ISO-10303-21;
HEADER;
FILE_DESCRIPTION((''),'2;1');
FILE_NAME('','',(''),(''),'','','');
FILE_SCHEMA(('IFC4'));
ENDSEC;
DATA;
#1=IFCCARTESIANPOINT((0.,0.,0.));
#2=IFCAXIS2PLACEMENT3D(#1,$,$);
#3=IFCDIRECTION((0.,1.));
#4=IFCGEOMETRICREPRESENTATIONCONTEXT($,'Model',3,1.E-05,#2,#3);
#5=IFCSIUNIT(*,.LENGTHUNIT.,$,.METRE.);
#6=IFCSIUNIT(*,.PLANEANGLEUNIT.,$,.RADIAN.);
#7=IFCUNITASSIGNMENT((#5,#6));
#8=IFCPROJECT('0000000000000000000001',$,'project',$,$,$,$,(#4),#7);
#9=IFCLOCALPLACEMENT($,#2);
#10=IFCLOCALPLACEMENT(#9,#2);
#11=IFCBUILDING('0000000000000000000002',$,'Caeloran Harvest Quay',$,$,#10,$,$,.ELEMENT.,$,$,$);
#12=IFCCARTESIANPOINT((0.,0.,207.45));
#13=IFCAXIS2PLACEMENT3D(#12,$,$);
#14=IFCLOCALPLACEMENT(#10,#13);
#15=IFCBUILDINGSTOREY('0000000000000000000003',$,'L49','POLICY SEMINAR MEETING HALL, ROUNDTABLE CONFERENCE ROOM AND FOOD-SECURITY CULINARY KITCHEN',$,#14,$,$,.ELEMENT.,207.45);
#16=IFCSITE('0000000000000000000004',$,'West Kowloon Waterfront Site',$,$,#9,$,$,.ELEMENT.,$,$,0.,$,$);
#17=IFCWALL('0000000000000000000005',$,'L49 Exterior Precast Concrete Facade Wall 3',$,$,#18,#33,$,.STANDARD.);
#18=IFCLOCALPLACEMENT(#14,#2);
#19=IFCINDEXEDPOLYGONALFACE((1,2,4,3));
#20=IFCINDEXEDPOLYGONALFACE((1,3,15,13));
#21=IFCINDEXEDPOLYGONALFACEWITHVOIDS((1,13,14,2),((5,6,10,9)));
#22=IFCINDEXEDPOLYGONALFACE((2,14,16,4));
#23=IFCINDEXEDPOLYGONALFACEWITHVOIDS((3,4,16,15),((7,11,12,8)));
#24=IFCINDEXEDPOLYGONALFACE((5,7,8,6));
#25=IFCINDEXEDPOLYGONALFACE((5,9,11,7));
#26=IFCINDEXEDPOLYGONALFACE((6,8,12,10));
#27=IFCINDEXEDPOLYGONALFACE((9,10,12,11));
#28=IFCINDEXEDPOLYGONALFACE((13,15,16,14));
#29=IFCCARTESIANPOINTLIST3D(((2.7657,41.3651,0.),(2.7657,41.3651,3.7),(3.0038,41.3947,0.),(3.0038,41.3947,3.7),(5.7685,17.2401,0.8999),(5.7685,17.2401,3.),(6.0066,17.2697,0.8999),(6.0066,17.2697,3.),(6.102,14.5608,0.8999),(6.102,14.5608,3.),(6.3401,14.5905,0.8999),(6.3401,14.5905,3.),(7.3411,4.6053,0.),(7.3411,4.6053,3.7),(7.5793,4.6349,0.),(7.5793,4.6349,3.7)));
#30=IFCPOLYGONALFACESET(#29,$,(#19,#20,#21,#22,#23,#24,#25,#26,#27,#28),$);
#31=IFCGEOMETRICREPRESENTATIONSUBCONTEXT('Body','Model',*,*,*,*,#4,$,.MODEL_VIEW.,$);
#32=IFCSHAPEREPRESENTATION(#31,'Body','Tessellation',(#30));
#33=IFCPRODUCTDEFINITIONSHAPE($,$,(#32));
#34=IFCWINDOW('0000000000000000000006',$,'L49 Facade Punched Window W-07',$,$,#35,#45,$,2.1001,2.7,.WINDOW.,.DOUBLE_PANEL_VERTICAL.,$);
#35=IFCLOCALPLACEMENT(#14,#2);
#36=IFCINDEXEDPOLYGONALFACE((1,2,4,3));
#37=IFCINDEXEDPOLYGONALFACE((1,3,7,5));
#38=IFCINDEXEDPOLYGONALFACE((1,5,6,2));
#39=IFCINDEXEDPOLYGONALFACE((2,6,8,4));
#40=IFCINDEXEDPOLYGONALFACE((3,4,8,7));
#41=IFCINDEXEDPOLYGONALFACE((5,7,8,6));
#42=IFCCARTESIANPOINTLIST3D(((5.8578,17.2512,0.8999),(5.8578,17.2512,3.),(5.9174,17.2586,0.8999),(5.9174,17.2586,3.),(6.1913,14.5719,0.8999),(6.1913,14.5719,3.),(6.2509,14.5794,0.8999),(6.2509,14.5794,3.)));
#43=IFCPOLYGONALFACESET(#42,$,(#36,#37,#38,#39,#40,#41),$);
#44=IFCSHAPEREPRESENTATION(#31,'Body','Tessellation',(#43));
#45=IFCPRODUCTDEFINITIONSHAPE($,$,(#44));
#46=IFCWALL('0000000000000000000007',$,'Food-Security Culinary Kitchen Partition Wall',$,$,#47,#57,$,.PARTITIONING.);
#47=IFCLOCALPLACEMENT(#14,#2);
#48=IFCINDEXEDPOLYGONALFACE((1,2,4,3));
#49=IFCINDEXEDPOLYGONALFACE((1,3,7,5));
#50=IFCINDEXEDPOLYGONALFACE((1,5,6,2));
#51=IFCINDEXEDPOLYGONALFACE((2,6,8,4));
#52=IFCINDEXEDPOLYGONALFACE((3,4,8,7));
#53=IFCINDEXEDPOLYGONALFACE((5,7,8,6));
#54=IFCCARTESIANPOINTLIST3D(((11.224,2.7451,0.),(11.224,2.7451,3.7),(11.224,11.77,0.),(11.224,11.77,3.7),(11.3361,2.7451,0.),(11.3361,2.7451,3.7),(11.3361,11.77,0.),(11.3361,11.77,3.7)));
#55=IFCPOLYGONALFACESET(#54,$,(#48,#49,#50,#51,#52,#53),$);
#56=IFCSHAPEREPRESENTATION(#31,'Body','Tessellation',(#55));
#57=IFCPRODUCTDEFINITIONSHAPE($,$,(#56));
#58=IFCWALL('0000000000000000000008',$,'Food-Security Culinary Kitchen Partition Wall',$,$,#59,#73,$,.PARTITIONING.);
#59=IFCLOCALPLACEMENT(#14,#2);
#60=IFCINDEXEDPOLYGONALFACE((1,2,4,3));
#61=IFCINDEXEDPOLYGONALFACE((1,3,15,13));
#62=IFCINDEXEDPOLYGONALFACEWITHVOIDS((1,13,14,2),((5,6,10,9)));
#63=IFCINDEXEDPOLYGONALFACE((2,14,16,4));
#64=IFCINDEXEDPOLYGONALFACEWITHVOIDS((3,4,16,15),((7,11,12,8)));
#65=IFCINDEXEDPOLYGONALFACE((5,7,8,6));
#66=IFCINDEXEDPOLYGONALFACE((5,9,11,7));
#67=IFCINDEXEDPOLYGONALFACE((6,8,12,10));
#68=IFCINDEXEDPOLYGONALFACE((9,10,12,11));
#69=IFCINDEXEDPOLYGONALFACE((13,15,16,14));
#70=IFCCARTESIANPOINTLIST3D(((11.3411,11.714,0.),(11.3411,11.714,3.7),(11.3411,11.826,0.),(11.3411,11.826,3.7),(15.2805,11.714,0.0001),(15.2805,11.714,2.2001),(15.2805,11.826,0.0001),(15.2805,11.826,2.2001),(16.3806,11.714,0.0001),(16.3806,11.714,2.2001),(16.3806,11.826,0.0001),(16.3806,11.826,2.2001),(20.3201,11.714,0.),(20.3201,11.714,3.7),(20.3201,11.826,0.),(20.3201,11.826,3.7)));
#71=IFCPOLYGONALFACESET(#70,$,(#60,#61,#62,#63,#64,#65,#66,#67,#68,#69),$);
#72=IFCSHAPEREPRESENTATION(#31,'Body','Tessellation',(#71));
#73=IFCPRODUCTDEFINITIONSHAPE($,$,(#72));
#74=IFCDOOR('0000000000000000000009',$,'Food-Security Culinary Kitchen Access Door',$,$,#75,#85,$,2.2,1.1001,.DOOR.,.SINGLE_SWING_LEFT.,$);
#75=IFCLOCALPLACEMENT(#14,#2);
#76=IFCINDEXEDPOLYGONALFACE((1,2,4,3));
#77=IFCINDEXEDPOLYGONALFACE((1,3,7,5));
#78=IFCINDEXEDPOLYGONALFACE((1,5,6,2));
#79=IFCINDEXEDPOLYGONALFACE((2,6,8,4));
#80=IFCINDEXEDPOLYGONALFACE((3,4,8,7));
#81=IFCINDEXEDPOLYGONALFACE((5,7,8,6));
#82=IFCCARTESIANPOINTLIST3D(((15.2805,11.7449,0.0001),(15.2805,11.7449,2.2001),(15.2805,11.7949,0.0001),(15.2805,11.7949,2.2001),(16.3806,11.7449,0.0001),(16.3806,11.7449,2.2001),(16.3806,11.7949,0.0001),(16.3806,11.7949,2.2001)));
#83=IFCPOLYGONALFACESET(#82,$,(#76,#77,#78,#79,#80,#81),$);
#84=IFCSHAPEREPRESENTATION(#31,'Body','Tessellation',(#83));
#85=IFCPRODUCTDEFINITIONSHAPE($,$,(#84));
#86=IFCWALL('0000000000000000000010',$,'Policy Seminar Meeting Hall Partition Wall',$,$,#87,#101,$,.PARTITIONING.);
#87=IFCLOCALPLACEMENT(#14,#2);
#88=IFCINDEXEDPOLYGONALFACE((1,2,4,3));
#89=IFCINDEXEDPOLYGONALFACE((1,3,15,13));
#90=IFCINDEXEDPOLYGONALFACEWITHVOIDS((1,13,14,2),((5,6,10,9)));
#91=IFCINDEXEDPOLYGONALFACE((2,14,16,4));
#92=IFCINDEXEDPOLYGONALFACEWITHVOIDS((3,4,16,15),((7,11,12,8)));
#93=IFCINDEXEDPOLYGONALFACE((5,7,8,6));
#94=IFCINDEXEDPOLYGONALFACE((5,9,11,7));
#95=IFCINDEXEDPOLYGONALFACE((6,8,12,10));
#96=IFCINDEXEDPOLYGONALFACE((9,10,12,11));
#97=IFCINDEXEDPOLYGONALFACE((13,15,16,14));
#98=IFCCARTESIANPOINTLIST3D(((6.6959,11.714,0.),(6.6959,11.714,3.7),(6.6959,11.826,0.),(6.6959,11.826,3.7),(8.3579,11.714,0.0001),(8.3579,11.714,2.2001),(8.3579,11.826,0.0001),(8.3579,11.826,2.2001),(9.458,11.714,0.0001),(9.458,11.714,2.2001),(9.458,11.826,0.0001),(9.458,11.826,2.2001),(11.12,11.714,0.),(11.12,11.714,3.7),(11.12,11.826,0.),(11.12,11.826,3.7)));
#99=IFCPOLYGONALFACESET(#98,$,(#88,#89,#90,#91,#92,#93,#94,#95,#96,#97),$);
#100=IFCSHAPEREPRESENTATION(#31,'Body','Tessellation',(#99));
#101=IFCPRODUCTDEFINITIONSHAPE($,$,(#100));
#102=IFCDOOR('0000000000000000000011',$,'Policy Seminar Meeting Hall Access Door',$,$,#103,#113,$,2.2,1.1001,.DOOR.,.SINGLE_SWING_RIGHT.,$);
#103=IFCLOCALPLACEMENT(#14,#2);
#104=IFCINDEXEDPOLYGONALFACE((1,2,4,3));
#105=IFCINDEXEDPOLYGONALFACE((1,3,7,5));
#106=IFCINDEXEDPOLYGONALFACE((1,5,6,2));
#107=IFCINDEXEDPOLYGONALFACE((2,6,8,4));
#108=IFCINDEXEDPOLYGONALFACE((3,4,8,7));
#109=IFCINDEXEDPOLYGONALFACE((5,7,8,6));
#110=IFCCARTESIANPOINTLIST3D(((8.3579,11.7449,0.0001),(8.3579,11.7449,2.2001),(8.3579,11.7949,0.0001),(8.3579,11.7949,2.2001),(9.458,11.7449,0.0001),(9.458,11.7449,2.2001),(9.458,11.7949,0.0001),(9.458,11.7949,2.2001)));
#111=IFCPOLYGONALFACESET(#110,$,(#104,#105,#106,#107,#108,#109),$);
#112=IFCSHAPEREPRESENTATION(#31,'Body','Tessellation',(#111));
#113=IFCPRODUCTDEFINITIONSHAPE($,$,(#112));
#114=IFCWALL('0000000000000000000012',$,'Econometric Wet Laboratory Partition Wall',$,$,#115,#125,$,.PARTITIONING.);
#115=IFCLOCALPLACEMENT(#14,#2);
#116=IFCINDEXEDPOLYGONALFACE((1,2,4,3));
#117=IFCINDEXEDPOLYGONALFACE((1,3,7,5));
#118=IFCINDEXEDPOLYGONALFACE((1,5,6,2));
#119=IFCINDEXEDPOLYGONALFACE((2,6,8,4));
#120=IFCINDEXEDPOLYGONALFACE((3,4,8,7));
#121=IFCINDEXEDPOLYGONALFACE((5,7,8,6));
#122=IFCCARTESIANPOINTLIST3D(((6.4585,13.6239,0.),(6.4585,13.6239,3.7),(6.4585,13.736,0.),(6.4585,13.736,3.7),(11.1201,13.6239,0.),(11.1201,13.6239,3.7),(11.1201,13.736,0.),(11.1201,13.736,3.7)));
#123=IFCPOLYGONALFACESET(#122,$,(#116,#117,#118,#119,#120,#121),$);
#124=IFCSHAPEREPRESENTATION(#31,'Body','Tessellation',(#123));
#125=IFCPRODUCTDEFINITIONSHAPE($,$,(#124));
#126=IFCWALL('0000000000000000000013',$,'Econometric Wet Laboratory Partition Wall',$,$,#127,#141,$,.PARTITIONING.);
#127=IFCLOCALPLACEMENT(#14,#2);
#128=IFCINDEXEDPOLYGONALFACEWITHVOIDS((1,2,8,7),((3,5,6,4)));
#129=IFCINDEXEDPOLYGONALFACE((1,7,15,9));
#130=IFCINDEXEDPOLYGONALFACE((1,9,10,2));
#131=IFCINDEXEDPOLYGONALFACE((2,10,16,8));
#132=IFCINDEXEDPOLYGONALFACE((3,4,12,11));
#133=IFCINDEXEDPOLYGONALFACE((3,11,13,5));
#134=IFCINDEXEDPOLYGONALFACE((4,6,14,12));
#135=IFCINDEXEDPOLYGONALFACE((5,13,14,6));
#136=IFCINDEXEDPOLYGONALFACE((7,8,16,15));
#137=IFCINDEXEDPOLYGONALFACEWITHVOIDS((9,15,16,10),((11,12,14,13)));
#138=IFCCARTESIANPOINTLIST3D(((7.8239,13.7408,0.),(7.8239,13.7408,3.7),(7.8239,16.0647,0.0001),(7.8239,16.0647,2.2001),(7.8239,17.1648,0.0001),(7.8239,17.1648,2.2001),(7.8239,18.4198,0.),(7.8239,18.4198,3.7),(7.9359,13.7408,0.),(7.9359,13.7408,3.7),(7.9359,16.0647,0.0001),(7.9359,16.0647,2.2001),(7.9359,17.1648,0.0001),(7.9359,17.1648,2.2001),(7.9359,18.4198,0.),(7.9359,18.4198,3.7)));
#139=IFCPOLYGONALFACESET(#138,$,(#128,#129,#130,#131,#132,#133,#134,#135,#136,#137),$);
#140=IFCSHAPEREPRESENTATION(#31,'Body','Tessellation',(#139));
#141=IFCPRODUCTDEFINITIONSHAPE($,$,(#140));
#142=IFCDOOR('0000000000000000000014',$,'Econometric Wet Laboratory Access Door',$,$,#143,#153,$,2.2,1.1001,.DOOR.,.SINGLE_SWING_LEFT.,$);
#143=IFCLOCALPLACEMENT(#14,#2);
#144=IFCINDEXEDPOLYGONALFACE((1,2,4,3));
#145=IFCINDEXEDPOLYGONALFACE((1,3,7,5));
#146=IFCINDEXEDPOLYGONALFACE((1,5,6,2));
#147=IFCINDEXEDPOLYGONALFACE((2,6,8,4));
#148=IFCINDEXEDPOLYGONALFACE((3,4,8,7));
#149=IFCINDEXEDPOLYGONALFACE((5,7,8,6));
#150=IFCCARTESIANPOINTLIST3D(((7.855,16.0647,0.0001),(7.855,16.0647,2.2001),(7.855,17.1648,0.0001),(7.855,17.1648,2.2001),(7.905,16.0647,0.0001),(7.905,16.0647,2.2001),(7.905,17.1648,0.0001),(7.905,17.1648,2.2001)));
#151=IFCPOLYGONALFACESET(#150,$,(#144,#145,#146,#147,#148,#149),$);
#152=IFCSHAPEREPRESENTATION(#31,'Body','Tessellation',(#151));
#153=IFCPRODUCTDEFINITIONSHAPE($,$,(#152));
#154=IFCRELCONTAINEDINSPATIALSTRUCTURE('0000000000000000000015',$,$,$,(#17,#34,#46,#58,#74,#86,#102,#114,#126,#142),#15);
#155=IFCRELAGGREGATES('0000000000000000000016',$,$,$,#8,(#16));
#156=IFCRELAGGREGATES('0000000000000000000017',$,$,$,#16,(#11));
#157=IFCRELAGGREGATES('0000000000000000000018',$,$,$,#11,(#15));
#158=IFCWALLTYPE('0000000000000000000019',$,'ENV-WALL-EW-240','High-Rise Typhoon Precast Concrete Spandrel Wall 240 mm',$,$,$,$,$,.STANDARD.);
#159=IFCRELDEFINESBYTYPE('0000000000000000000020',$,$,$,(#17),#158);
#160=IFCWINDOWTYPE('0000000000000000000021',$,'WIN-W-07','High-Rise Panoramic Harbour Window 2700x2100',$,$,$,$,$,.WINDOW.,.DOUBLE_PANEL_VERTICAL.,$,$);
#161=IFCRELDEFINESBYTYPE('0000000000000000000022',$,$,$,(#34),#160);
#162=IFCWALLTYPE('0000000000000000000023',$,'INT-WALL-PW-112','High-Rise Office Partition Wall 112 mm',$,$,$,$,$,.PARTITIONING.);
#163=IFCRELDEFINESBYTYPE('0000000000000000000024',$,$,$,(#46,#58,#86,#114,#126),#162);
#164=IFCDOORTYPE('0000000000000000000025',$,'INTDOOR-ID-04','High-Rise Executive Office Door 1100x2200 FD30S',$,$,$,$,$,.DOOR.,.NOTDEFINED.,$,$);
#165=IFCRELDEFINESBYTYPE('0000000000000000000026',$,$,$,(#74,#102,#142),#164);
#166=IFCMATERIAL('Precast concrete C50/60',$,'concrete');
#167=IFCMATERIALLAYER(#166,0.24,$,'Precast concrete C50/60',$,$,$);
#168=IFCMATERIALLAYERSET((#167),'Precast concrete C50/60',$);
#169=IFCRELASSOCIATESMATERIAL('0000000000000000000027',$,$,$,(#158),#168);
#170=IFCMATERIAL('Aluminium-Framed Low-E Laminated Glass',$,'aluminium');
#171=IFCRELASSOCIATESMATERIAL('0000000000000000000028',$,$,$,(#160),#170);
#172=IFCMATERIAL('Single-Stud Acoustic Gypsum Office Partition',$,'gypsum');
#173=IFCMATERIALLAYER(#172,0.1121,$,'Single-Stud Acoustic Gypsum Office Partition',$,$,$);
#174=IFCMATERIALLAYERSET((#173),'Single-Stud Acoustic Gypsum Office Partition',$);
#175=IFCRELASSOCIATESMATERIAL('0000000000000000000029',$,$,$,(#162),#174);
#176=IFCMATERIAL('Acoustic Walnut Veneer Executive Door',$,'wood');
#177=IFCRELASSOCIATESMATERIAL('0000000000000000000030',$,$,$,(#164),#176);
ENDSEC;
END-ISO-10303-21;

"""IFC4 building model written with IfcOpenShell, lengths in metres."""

from ifc_helpers import new_model, si_unit, direction, frame, frame_2d, origin, place, context, subcontext, project, spatial, rectangle, extrude, material, layer, layer_set, type_object, element, fill, save


model = new_model("IFC4")

# Units and contexts
model_context = context("Model", 3, precision=1e-05, world=origin(), true_north=direction((0.0, 1.0)))
body_context = subcontext(model_context, "Body", "Model", "MODEL_VIEW")
ifc_project = project(units=[si_unit("LENGTHUNIT", "METRE"), si_unit("PLANEANGLEUNIT", "RADIAN")], contexts=[model_context])

# Site, building, storey
site_placement = place(None, origin())
site = spatial("IfcSite", under=ifc_project, at=site_placement, Name="West Kowloon Waterfront Site", CompositionType="ELEMENT", RefElevation=0.0)
building_placement = place(site_placement, origin())
building = spatial("IfcBuilding", under=site, at=building_placement, Name="Caeloran Harvest Quay", CompositionType="ELEMENT")
storey_placement = place(building_placement, frame((0.0, 0.0, 207.45)))
storey = spatial("IfcBuildingStorey", under=building, at=storey_placement, Name="L49", Description="POLICY SEMINAR MEETING HALL, ROUNDTABLE CONFERENCE ROOM AND FOOD-SECURITY CULINARY KITCHEN", CompositionType="ELEMENT", Elevation=207.45)

# Shared definitions
ifc_material_1 = material(Name="Precast concrete C50/60", Category="concrete")

# Shared definitions
ifc_layer_1 = layer(ifc_material_1, 0.24, Name="Precast concrete C50/60")
ifc_layer_set_1 = layer_set([ifc_layer_1], Name="Precast concrete C50/60")
wall_type_1 = type_object("IfcWallType", Name="ENV-WALL-EW-240", Description="High-Rise Typhoon Precast Concrete Spandrel Wall 240 mm", PredefinedType="STANDARD", material=ifc_layer_set_1)

# Wall, opening, window
wall_1_placement = place(storey_placement, frame((7.4602, 4.6201, 0.0), z_axis=(0.0, 0.0, 1.0), x_axis=(-0.123516, 0.992343, 0.0)))
wall_1 = element("IfcWall", 1, at=wall_1_placement, inside=storey, type_object=wall_type_1, Name="L49 Exterior Precast Concrete Facade Wall 3", PredefinedType="STANDARD", context=body_context, shape_type="SweptSolid", body=[
    extrude(rectangle(XDim=37.0435, YDim=0.24, at=frame_2d((18.5217, 0.0))), origin(), (0.0, 0.0, 1.0), 3.7),
])
opening_1_placement = place(wall_1_placement, frame((10.0322, 0.0, 0.8999)))
opening_1 = element("IfcOpeningElement", 2, at=opening_1_placement, cuts=wall_1, PredefinedType="OPENING", context=body_context, shape_type="SweptSolid", body=[
    extrude(rectangle(XDim=2.7, YDim=2.1001, at=frame_2d((1.3501, 1.05))), frame((0.0, 0.1299, 0.0), z_axis=(0.0, -1.0, 0.0), x_axis=(1.0, 0.0, 0.0)), (0.0, 0.0, 1.0), 0.26),
])
ifc_material_2 = material(Name="Aluminium-Framed Low-E Laminated Glass", Category="aluminium")
window_type = type_object("IfcWindowType", Name="WIN-W-07", Description="High-Rise Panoramic Harbour Window 2700x2100", PartitioningType="DOUBLE_PANEL_VERTICAL", PredefinedType="WINDOW", material=ifc_material_2)
window_placement = place(opening_1_placement, origin())
window = element("IfcWindow", 3, at=window_placement, inside=storey, type_object=window_type, Name="L49 Facade Punched Window W-07", OverallHeight=2.1001, OverallWidth=2.7, PartitioningType="DOUBLE_PANEL_VERTICAL", PredefinedType="WINDOW", context=body_context, shape_type="SweptSolid", body=[
    extrude(rectangle(XDim=2.7, YDim=2.1001, at=frame_2d((1.3501, 1.05))), frame((0.0, 0.03, 0.0), z_axis=(0.0, -1.0, 0.0), x_axis=(1.0, 0.0, 0.0)), (0.0, 0.0, 1.0), 0.0601),
])
fill(opening_1, window)

# Wall
ifc_material_3 = material(Name="Single-Stud Acoustic Gypsum Office Partition", Category="gypsum")
ifc_layer_2 = layer(ifc_material_3, 0.1121, Name="Single-Stud Acoustic Gypsum Office Partition")
ifc_layer_set_2 = layer_set([ifc_layer_2], Name="Single-Stud Acoustic Gypsum Office Partition")
wall_type_2 = type_object("IfcWallType", Name="INT-WALL-PW-112", Description="High-Rise Office Partition Wall 112 mm", PredefinedType="PARTITIONING", material=ifc_layer_set_2)
wall_2_placement = place(storey_placement, frame((11.28, 2.7451, 0.0), z_axis=(0.0, 0.0, 1.0), x_axis=(0.0, 1.0, 0.0)))
element("IfcWall", 4, at=wall_2_placement, inside=storey, type_object=wall_type_2, Name="Food-Security Culinary Kitchen Partition Wall", PredefinedType="PARTITIONING", context=body_context, shape_type="SweptSolid", body=[
    extrude(rectangle(XDim=9.0249, YDim=0.1121, at=frame_2d((4.5125, 0.0))), origin(), (0.0, 0.0, 1.0), 3.7),
])

# Walls, openings, doors
wall_3_placement = place(storey_placement, frame((11.3411, 11.77, 0.0), z_axis=(0.0, 0.0, 1.0), x_axis=(1.0, 0.0, 0.0)))
wall_3 = element("IfcWall", 5, at=wall_3_placement, inside=storey, type_object=wall_type_2, Name="Food-Security Culinary Kitchen Partition Wall", PredefinedType="PARTITIONING", context=body_context, shape_type="SweptSolid", body=[
    extrude(rectangle(XDim=8.979, YDim=0.1121, at=frame_2d((4.4895, 0.0))), origin(), (0.0, 0.0, 1.0), 3.7),
])
opening_2_placement = place(wall_3_placement, frame((3.9395, 0.0, 0.0)))
opening_2 = element("IfcOpeningElement", 6, at=opening_2_placement, cuts=wall_3, PredefinedType="OPENING", context=body_context, shape_type="SweptSolid", body=[
    extrude(rectangle(XDim=1.1001, YDim=2.2, at=frame_2d((0.55, 1.1001))), frame((0.0, 0.0659, 0.0), z_axis=(0.0, -1.0, 0.0), x_axis=(1.0, 0.0, 0.0)), (0.0, 0.0, 1.0), 0.1321),
])
ifc_material_4 = material(Name="Acoustic Walnut Veneer Executive Door", Category="wood")
door_type = type_object("IfcDoorType", Name="INTDOOR-ID-04", Description="High-Rise Executive Office Door 1100x2200 FD30S", OperationType="NOTDEFINED", PredefinedType="DOOR", material=ifc_material_4)
door_1_placement = place(opening_2_placement, origin())
door_1 = element("IfcDoor", 7, at=door_1_placement, inside=storey, type_object=door_type, Name="Food-Security Culinary Kitchen Access Door", OperationType="SINGLE_SWING_LEFT", OverallHeight=2.2, OverallWidth=1.1001, PredefinedType="DOOR", context=body_context, shape_type="SweptSolid", body=[
    extrude(rectangle(XDim=1.1001, YDim=2.2, at=frame_2d((0.55, 1.1001))), frame((0.0, 0.0249, 0.0), z_axis=(0.0, -1.0, 0.0), x_axis=(1.0, 0.0, 0.0)), (0.0, 0.0, 1.0), 0.05),
])
fill(opening_2, door_1)
wall_4_placement = place(storey_placement, frame((6.696, 11.77, 0.0), z_axis=(0.0, 0.0, 1.0), x_axis=(1.0, 0.0, 0.0)))
wall_4 = element("IfcWall", 8, at=wall_4_placement, inside=storey, type_object=wall_type_2, Name="Policy Seminar Meeting Hall Partition Wall", PredefinedType="PARTITIONING", context=body_context, shape_type="SweptSolid", body=[
    extrude(rectangle(XDim=4.4241, YDim=0.1121, at=frame_2d((2.2119, 0.0))), origin(), (0.0, 0.0, 1.0), 3.7),
])
opening_3_placement = place(wall_4_placement, frame((1.6619, 0.0, 0.0)))
opening_3 = element("IfcOpeningElement", 9, at=opening_3_placement, cuts=wall_4, PredefinedType="OPENING", context=body_context, shape_type="SweptSolid", body=[
    extrude(rectangle(XDim=1.1001, YDim=2.2, at=frame_2d((0.55, 1.1001))), frame((0.0, 0.0659, 0.0), z_axis=(0.0, -1.0, 0.0), x_axis=(1.0, 0.0, 0.0)), (0.0, 0.0, 1.0), 0.1321),
])
door_2_placement = place(opening_3_placement, origin())
door_2 = element("IfcDoor", 10, at=door_2_placement, inside=storey, type_object=door_type, Name="Policy Seminar Meeting Hall Access Door", OperationType="SINGLE_SWING_RIGHT", OverallHeight=2.2, OverallWidth=1.1001, PredefinedType="DOOR", context=body_context, shape_type="SweptSolid", body=[
    extrude(rectangle(XDim=1.1001, YDim=2.2, at=frame_2d((0.55, 1.1001))), frame((0.0, 0.0249, 0.0), z_axis=(0.0, -1.0, 0.0), x_axis=(1.0, 0.0, 0.0)), (0.0, 0.0, 1.0), 0.05),
])
fill(opening_3, door_2)

# Wall
wall_5_placement = place(storey_placement, frame((11.1201, 13.6799, 0.0), z_axis=(0.0, 0.0, 1.0), x_axis=(-1.0, 0.0, 0.0)))
element("IfcWall", 11, at=wall_5_placement, inside=storey, type_object=wall_type_2, Name="Econometric Wet Laboratory Partition Wall", PredefinedType="PARTITIONING", context=body_context, shape_type="SweptSolid", body=[
    extrude(rectangle(XDim=4.6616, YDim=0.1121, at=frame_2d((2.3308, 0.0))), origin(), (0.0, 0.0, 1.0), 3.7),
])

# Wall, opening, door
wall_6_placement = place(storey_placement, frame((7.8799, 13.741, 0.0), z_axis=(0.0, 0.0, 1.0), x_axis=(0.0, 1.0, 0.0)))
wall_6 = element("IfcWall", 12, at=wall_6_placement, inside=storey, type_object=wall_type_2, Name="Econometric Wet Laboratory Partition Wall", PredefinedType="PARTITIONING", context=body_context, shape_type="SweptSolid", body=[
    extrude(rectangle(XDim=4.679, YDim=0.1121, at=frame_2d((2.3394, 0.0))), origin(), (0.0, 0.0, 1.0), 3.7),
])
opening_4_placement = place(wall_6_placement, frame((2.3237, 0.0, 0.0)))
opening_4 = element("IfcOpeningElement", 13, at=opening_4_placement, cuts=wall_6, PredefinedType="OPENING", context=body_context, shape_type="SweptSolid", body=[
    extrude(rectangle(XDim=1.1001, YDim=2.2, at=frame_2d((0.55, 1.1001))), frame((0.0, 0.0659, 0.0), z_axis=(0.0, -1.0, 0.0), x_axis=(1.0, 0.0, 0.0)), (0.0, 0.0, 1.0), 0.1321),
])
door_3_placement = place(opening_4_placement, origin())
door_3 = element("IfcDoor", 14, at=door_3_placement, inside=storey, type_object=door_type, Name="Econometric Wet Laboratory Access Door", OperationType="SINGLE_SWING_LEFT", OverallHeight=2.2, OverallWidth=1.1001, PredefinedType="DOOR", context=body_context, shape_type="SweptSolid", body=[
    extrude(rectangle(XDim=1.1001, YDim=2.2, at=frame_2d((0.55, 1.1001))), frame((0.0, 0.0249, 0.0), z_axis=(0.0, -1.0, 0.0), x_axis=(1.0, 0.0, 0.0)), (0.0, 0.0, 1.0), 0.05),
])
fill(opening_4, door_3)

save(model, "model.ifc")
